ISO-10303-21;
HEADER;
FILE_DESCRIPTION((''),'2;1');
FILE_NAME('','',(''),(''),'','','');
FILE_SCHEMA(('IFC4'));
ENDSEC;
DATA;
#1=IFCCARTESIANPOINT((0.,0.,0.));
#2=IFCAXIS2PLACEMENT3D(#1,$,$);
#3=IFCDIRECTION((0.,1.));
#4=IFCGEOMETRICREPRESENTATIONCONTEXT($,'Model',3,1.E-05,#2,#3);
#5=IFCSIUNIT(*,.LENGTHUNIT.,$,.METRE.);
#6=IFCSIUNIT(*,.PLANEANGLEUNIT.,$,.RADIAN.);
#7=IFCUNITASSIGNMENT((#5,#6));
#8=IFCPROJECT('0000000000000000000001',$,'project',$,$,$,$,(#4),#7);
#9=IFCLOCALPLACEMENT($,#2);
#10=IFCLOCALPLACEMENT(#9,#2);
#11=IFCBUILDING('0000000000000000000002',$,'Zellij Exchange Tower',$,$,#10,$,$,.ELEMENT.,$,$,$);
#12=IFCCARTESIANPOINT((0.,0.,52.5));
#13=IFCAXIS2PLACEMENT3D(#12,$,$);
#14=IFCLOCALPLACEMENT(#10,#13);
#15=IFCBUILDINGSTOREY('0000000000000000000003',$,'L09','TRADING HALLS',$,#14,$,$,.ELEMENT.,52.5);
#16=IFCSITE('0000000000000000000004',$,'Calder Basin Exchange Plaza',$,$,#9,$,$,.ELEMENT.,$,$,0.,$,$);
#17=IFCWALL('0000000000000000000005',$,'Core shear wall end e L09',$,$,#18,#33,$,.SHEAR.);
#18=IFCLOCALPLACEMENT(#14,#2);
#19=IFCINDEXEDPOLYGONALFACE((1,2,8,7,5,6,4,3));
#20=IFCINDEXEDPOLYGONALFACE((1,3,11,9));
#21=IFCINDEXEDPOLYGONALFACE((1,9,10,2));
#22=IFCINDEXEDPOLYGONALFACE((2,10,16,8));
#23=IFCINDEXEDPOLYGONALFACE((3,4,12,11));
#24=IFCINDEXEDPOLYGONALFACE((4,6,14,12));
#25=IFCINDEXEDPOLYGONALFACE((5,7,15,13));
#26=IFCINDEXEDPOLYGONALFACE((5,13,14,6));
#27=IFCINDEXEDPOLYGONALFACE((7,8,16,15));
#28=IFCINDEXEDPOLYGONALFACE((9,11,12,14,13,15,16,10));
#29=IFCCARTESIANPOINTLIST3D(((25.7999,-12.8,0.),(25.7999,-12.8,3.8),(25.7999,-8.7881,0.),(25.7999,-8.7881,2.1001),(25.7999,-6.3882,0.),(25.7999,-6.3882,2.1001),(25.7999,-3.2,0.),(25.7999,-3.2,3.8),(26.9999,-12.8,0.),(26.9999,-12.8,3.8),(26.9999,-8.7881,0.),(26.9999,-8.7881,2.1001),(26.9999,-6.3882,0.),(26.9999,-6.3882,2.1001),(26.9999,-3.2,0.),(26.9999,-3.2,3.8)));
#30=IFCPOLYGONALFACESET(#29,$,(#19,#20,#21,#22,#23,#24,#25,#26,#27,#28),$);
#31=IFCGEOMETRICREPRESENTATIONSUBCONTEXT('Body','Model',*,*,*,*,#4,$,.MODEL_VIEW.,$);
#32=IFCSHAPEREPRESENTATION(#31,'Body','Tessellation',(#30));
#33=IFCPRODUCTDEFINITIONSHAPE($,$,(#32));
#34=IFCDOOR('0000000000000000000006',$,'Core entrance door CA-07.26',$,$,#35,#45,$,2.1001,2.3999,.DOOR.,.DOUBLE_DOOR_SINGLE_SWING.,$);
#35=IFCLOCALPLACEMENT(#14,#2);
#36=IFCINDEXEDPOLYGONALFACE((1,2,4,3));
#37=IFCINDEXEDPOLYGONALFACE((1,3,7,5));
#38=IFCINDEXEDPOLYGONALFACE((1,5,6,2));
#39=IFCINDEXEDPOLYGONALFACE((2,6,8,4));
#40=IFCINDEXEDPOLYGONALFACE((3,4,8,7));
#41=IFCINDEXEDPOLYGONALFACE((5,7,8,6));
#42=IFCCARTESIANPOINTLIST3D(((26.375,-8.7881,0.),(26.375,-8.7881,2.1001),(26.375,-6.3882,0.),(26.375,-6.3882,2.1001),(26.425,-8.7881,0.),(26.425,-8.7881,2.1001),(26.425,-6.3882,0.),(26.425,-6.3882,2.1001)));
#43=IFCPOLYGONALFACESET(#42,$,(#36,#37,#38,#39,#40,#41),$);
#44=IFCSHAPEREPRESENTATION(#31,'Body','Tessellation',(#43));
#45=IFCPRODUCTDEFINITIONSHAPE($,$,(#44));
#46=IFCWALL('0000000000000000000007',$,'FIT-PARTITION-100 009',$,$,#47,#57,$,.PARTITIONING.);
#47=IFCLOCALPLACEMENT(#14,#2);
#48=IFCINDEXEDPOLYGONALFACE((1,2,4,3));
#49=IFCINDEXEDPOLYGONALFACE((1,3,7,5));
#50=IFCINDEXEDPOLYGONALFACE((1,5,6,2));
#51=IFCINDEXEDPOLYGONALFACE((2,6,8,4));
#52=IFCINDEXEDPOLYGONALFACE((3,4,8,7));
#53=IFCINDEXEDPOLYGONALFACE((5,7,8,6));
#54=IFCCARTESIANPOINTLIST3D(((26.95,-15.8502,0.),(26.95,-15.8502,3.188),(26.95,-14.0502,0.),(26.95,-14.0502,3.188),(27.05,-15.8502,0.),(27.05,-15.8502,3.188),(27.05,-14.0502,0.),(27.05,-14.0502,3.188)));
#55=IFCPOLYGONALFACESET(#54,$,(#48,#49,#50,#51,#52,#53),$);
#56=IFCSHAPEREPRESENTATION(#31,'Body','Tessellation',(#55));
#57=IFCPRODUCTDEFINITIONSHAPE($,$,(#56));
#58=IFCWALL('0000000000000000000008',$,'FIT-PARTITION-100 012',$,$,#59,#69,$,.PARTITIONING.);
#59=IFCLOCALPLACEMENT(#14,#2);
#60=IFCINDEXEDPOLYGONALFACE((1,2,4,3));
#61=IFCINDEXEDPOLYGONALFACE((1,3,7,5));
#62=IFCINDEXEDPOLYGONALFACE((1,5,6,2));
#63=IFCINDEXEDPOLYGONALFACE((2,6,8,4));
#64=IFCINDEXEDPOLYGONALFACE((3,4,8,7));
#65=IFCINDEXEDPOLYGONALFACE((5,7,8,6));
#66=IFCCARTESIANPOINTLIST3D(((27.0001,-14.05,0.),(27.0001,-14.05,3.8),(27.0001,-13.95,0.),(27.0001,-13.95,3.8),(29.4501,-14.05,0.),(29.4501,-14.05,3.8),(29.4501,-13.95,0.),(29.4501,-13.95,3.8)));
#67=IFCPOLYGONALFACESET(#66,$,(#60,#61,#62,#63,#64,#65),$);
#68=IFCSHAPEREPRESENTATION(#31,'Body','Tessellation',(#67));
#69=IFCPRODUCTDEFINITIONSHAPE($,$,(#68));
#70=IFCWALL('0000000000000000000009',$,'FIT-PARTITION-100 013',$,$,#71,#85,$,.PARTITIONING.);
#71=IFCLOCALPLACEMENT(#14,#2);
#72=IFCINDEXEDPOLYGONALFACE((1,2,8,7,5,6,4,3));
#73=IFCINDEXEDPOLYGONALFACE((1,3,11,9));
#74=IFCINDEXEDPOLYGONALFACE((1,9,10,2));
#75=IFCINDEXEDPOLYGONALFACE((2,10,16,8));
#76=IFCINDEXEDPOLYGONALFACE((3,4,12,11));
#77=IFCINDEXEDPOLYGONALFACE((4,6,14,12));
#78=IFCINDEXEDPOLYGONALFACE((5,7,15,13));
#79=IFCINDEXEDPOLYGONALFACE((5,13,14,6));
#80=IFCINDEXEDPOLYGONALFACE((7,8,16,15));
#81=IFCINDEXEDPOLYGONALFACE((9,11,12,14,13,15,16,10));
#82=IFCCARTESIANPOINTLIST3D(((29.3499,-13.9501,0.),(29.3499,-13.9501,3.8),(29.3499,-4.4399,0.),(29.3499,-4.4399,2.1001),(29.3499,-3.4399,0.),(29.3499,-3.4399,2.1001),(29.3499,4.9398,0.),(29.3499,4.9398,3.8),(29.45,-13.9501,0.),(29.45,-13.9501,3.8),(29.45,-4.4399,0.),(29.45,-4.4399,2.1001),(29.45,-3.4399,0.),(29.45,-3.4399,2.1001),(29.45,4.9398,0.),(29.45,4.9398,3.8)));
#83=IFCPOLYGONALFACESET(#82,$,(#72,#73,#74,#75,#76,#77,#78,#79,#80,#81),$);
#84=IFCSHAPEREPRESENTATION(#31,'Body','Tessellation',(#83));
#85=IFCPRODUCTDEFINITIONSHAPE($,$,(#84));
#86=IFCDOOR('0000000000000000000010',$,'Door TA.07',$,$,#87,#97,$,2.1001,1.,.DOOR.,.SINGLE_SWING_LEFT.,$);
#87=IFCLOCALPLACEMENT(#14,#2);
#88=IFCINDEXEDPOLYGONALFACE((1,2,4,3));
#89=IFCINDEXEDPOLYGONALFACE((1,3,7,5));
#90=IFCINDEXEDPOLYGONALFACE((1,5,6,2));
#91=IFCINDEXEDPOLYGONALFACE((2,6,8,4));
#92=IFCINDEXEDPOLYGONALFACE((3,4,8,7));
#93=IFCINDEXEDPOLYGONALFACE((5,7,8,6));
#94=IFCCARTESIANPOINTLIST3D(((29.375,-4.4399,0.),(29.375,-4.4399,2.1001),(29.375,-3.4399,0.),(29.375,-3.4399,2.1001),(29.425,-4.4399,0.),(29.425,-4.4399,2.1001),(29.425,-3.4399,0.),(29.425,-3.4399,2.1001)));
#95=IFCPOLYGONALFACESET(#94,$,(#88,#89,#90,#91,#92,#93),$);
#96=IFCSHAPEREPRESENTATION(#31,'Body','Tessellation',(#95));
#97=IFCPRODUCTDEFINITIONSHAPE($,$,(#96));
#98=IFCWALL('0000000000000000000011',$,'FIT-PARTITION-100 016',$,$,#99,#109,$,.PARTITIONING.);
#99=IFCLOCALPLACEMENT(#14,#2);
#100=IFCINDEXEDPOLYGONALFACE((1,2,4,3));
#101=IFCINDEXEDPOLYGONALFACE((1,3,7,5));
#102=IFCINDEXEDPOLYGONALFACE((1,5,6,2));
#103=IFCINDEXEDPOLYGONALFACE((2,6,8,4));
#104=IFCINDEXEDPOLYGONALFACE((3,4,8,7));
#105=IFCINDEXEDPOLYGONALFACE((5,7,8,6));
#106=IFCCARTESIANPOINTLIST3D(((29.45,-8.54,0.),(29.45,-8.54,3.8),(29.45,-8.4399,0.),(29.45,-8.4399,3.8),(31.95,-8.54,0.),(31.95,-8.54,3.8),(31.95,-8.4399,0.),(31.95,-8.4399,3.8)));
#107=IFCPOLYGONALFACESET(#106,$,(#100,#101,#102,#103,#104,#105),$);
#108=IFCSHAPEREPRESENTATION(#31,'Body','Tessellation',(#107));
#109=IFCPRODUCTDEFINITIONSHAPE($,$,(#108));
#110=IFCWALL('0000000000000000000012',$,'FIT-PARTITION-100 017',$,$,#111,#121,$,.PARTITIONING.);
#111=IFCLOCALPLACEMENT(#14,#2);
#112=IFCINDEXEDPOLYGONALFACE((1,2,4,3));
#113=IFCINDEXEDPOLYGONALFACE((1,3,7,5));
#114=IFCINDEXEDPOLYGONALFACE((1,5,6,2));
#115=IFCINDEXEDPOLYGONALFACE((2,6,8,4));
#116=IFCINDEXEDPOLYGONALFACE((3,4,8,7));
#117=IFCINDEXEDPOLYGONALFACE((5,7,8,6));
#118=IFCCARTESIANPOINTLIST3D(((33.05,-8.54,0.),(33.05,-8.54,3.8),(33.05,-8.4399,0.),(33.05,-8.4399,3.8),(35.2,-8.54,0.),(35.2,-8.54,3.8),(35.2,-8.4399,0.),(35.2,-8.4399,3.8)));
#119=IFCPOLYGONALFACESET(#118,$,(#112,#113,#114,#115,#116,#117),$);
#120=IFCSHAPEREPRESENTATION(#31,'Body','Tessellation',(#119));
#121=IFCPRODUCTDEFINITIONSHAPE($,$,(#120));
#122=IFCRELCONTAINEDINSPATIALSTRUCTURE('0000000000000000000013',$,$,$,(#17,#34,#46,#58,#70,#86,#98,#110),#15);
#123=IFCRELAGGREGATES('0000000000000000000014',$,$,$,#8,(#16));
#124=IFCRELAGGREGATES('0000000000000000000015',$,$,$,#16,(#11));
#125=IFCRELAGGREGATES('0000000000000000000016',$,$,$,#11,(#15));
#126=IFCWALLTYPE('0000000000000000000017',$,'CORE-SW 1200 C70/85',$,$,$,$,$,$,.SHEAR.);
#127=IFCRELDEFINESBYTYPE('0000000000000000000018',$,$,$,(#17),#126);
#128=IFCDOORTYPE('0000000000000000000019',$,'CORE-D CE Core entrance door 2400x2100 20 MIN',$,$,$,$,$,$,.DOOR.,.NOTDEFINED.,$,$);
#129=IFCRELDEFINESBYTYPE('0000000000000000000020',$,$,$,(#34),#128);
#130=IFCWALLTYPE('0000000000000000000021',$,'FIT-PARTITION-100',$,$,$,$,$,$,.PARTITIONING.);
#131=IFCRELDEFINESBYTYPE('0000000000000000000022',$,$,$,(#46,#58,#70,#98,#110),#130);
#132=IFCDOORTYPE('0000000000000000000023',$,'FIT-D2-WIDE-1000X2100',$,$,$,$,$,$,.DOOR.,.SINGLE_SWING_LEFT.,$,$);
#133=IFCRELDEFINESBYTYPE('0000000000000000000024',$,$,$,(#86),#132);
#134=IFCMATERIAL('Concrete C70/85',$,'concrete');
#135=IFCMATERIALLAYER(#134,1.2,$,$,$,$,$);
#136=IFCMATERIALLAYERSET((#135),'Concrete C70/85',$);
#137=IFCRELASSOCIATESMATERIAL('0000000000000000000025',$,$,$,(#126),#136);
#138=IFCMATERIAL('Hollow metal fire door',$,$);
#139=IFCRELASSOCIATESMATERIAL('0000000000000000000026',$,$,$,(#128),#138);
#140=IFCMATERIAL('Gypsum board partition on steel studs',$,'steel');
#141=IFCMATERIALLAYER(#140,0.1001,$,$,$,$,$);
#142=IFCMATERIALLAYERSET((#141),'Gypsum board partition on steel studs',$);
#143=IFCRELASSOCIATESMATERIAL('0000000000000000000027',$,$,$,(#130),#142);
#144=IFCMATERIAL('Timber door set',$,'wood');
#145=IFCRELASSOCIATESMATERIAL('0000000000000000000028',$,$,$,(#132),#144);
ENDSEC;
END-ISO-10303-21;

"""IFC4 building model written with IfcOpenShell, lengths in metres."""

from ifc_helpers import new_model, si_unit, direction, frame, frame_2d, origin, place, context, subcontext, project, spatial, rectangle, extrude, material, layer, layer_set, type_object, element, fill, save


model = new_model("IFC4")

# Units and contexts
model_context = context("Model", 3, precision=1e-05, world=origin(), true_north=direction((0.0, 1.0)))
body_context = subcontext(model_context, "Body", "Model", "MODEL_VIEW")
ifc_project = project(units=[si_unit("LENGTHUNIT", "METRE"), si_unit("PLANEANGLEUNIT", "RADIAN")], contexts=[model_context])

# Site, building, storey
site_placement = place(None, origin())
site = spatial("IfcSite", under=ifc_project, at=site_placement, Name="Calder Basin Exchange Plaza", CompositionType="ELEMENT", RefElevation=0.0)
building_placement = place(site_placement, origin())
building = spatial("IfcBuilding", under=site, at=building_placement, Name="Zellij Exchange Tower", CompositionType="ELEMENT")
storey_placement = place(building_placement, frame((0.0, 0.0, 52.5)))
storey = spatial("IfcBuildingStorey", under=building, at=storey_placement, Name="L09", Description="TRADING HALLS", CompositionType="ELEMENT", Elevation=52.5)

# Shared definitions
ifc_material_1 = material(Name="Concrete C70/85", Category="concrete")

# Wall, opening, door
ifc_layer_1 = layer(ifc_material_1, 1.2)
ifc_layer_set_1 = layer_set([ifc_layer_1], Name="Concrete C70/85")
wall_type_1 = type_object("IfcWallType", Name="CORE-SW 1200 C70/85", PredefinedType="SHEAR", material=ifc_layer_set_1)
wall_1_placement = place(storey_placement, frame((26.3999, -12.8, 0.0), z_axis=(0.0, 0.0, 1.0), x_axis=(0.0, 1.0, 0.0)))
wall_1 = element("IfcWall", 1, at=wall_1_placement, inside=storey, type_object=wall_type_1, Name="Core shear wall end e L09", PredefinedType="SHEAR", context=body_context, shape_type="SweptSolid", body=[
    extrude(rectangle(XDim=9.6001, YDim=1.2, at=frame_2d((4.8, 0.0))), origin(), (0.0, 0.0, 1.0), 3.8),
])
opening_1_placement = place(wall_1_placement, frame((4.012, 0.0, 0.0)))
opening_1 = element("IfcOpeningElement", 2, at=opening_1_placement, cuts=wall_1, PredefinedType="OPENING", context=body_context, shape_type="SweptSolid", body=[
    extrude(rectangle(XDim=2.3999, YDim=2.1001, at=frame_2d((1.2, 1.05))), frame((0.0, 0.6118, 0.0), z_axis=(0.0, -1.0, 0.0), x_axis=(1.0, 0.0, 0.0)), (0.0, 0.0, 1.0), 1.2239),
])
ifc_material_2 = material(Name="Hollow metal fire door")
door_type_1 = type_object("IfcDoorType", Name="CORE-D CE Core entrance door 2400x2100 20 MIN", OperationType="NOTDEFINED", PredefinedType="DOOR", material=ifc_material_2)
door_1_placement = place(opening_1_placement, origin())
door_1 = element("IfcDoor", 3, at=door_1_placement, inside=storey, type_object=door_type_1, Name="Core entrance door CA-07.26", OperationType="DOUBLE_DOOR_SINGLE_SWING", OverallHeight=2.1001, OverallWidth=2.3999, PredefinedType="DOOR", context=body_context, shape_type="SweptSolid", body=[
    extrude(rectangle(XDim=2.3999, YDim=2.1001, at=frame_2d((1.2, 1.05))), frame((0.0, 0.0249, 0.0), z_axis=(0.0, -1.0, 0.0), x_axis=(1.0, 0.0, 0.0)), (0.0, 0.0, 1.0), 0.05),
])
fill(opening_1, door_1)

# Walls
ifc_material_3 = material(Name="Gypsum board partition on steel studs", Category="steel")
ifc_layer_2 = layer(ifc_material_3, 0.1001)
ifc_layer_set_2 = layer_set([ifc_layer_2], Name="Gypsum board partition on steel studs")
wall_type_2 = type_object("IfcWallType", Name="FIT-PARTITION-100", PredefinedType="PARTITIONING", material=ifc_layer_set_2)
wall_2_placement = place(storey_placement, frame((27.0, -15.8501, 0.0), z_axis=(0.0, 0.0, 1.0), x_axis=(0.0, 1.0, 0.0)))
element("IfcWall", 4, at=wall_2_placement, inside=storey, type_object=wall_type_2, Name="FIT-PARTITION-100 009", PredefinedType="PARTITIONING", context=body_context, shape_type="SweptSolid", body=[
    extrude(rectangle(XDim=1.8, YDim=0.1001, at=frame_2d((0.8999, 0.0))), origin(), (0.0, 0.0, 1.0), 3.188),
])
wall_3_placement = place(storey_placement, frame((27.0, -14.0, 0.0), z_axis=(0.0, 0.0, 1.0), x_axis=(1.0, 0.0, 0.0)))
element("IfcWall", 5, at=wall_3_placement, inside=storey, type_object=wall_type_2, Name="FIT-PARTITION-100 012", PredefinedType="PARTITIONING", context=body_context, shape_type="SweptSolid", body=[
    extrude(rectangle(XDim=2.45, YDim=0.1001, at=frame_2d((1.2251, 0.0))), origin(), (0.0, 0.0, 1.0), 3.8),
])

# Wall, opening, door
wall_4_placement = place(storey_placement, frame((29.3999, -13.95, 0.0), z_axis=(0.0, 0.0, 1.0), x_axis=(0.0, 1.0, 0.0)))
wall_4 = element("IfcWall", 6, at=wall_4_placement, inside=storey, type_object=wall_type_2, Name="FIT-PARTITION-100 013", PredefinedType="PARTITIONING", context=body_context, shape_type="SweptSolid", body=[
    extrude(rectangle(XDim=18.8899, YDim=0.1001, at=frame_2d((9.4448, 0.0))), origin(), (0.0, 0.0, 1.0), 3.8),
])
opening_2_placement = place(wall_4_placement, frame((9.51, 0.0, 0.0)))
opening_2 = element("IfcOpeningElement", 7, at=opening_2_placement, cuts=wall_4, PredefinedType="OPENING", context=body_context, shape_type="SweptSolid", body=[
    extrude(rectangle(XDim=1.0, YDim=2.1001, at=frame_2d((0.5, 1.05))), frame((0.0, 0.062, 0.0), z_axis=(0.0, -1.0, 0.0), x_axis=(1.0, 0.0, 0.0)), (0.0, 0.0, 1.0), 0.124),
])
ifc_material_4 = material(Name="Timber door set", Category="wood")
door_type_2 = type_object("IfcDoorType", Name="FIT-D2-WIDE-1000X2100", OperationType="SINGLE_SWING_LEFT", PredefinedType="DOOR", material=ifc_material_4)
door_2_placement = place(opening_2_placement, origin())
door_2 = element("IfcDoor", 8, at=door_2_placement, inside=storey, type_object=door_type_2, Name="Door TA.07", OperationType="SINGLE_SWING_LEFT", OverallHeight=2.1001, OverallWidth=1.0, PredefinedType="DOOR", context=body_context, shape_type="SweptSolid", body=[
    extrude(rectangle(XDim=1.0, YDim=2.1001, at=frame_2d((0.5, 1.05))), frame((0.0, 0.0249, 0.0), z_axis=(0.0, -1.0, 0.0), x_axis=(1.0, 0.0, 0.0)), (0.0, 0.0, 1.0), 0.05),
])
fill(opening_2, door_2)

# Walls
wall_5_placement = place(storey_placement, frame((29.45, -8.49, 0.0), z_axis=(0.0, 0.0, 1.0), x_axis=(1.0, 0.0, 0.0)))
element("IfcWall", 9, at=wall_5_placement, inside=storey, type_object=wall_type_2, Name="FIT-PARTITION-100 016", PredefinedType="PARTITIONING", context=body_context, shape_type="SweptSolid", body=[
    extrude(rectangle(XDim=2.5, YDim=0.1001, at=frame_2d((1.25, 0.0))), origin(), (0.0, 0.0, 1.0), 3.8),
])
wall_6_placement = place(storey_placement, frame((33.05, -8.49, 0.0), z_axis=(0.0, 0.0, 1.0), x_axis=(1.0, 0.0, 0.0)))
element("IfcWall", 10, at=wall_6_placement, inside=storey, type_object=wall_type_2, Name="FIT-PARTITION-100 017", PredefinedType="PARTITIONING", context=body_context, shape_type="SweptSolid", body=[
    extrude(rectangle(XDim=2.1499, YDim=0.1001, at=frame_2d((1.075, 0.0))), origin(), (0.0, 0.0, 1.0), 3.8),
])

save(model, "model.ifc")
